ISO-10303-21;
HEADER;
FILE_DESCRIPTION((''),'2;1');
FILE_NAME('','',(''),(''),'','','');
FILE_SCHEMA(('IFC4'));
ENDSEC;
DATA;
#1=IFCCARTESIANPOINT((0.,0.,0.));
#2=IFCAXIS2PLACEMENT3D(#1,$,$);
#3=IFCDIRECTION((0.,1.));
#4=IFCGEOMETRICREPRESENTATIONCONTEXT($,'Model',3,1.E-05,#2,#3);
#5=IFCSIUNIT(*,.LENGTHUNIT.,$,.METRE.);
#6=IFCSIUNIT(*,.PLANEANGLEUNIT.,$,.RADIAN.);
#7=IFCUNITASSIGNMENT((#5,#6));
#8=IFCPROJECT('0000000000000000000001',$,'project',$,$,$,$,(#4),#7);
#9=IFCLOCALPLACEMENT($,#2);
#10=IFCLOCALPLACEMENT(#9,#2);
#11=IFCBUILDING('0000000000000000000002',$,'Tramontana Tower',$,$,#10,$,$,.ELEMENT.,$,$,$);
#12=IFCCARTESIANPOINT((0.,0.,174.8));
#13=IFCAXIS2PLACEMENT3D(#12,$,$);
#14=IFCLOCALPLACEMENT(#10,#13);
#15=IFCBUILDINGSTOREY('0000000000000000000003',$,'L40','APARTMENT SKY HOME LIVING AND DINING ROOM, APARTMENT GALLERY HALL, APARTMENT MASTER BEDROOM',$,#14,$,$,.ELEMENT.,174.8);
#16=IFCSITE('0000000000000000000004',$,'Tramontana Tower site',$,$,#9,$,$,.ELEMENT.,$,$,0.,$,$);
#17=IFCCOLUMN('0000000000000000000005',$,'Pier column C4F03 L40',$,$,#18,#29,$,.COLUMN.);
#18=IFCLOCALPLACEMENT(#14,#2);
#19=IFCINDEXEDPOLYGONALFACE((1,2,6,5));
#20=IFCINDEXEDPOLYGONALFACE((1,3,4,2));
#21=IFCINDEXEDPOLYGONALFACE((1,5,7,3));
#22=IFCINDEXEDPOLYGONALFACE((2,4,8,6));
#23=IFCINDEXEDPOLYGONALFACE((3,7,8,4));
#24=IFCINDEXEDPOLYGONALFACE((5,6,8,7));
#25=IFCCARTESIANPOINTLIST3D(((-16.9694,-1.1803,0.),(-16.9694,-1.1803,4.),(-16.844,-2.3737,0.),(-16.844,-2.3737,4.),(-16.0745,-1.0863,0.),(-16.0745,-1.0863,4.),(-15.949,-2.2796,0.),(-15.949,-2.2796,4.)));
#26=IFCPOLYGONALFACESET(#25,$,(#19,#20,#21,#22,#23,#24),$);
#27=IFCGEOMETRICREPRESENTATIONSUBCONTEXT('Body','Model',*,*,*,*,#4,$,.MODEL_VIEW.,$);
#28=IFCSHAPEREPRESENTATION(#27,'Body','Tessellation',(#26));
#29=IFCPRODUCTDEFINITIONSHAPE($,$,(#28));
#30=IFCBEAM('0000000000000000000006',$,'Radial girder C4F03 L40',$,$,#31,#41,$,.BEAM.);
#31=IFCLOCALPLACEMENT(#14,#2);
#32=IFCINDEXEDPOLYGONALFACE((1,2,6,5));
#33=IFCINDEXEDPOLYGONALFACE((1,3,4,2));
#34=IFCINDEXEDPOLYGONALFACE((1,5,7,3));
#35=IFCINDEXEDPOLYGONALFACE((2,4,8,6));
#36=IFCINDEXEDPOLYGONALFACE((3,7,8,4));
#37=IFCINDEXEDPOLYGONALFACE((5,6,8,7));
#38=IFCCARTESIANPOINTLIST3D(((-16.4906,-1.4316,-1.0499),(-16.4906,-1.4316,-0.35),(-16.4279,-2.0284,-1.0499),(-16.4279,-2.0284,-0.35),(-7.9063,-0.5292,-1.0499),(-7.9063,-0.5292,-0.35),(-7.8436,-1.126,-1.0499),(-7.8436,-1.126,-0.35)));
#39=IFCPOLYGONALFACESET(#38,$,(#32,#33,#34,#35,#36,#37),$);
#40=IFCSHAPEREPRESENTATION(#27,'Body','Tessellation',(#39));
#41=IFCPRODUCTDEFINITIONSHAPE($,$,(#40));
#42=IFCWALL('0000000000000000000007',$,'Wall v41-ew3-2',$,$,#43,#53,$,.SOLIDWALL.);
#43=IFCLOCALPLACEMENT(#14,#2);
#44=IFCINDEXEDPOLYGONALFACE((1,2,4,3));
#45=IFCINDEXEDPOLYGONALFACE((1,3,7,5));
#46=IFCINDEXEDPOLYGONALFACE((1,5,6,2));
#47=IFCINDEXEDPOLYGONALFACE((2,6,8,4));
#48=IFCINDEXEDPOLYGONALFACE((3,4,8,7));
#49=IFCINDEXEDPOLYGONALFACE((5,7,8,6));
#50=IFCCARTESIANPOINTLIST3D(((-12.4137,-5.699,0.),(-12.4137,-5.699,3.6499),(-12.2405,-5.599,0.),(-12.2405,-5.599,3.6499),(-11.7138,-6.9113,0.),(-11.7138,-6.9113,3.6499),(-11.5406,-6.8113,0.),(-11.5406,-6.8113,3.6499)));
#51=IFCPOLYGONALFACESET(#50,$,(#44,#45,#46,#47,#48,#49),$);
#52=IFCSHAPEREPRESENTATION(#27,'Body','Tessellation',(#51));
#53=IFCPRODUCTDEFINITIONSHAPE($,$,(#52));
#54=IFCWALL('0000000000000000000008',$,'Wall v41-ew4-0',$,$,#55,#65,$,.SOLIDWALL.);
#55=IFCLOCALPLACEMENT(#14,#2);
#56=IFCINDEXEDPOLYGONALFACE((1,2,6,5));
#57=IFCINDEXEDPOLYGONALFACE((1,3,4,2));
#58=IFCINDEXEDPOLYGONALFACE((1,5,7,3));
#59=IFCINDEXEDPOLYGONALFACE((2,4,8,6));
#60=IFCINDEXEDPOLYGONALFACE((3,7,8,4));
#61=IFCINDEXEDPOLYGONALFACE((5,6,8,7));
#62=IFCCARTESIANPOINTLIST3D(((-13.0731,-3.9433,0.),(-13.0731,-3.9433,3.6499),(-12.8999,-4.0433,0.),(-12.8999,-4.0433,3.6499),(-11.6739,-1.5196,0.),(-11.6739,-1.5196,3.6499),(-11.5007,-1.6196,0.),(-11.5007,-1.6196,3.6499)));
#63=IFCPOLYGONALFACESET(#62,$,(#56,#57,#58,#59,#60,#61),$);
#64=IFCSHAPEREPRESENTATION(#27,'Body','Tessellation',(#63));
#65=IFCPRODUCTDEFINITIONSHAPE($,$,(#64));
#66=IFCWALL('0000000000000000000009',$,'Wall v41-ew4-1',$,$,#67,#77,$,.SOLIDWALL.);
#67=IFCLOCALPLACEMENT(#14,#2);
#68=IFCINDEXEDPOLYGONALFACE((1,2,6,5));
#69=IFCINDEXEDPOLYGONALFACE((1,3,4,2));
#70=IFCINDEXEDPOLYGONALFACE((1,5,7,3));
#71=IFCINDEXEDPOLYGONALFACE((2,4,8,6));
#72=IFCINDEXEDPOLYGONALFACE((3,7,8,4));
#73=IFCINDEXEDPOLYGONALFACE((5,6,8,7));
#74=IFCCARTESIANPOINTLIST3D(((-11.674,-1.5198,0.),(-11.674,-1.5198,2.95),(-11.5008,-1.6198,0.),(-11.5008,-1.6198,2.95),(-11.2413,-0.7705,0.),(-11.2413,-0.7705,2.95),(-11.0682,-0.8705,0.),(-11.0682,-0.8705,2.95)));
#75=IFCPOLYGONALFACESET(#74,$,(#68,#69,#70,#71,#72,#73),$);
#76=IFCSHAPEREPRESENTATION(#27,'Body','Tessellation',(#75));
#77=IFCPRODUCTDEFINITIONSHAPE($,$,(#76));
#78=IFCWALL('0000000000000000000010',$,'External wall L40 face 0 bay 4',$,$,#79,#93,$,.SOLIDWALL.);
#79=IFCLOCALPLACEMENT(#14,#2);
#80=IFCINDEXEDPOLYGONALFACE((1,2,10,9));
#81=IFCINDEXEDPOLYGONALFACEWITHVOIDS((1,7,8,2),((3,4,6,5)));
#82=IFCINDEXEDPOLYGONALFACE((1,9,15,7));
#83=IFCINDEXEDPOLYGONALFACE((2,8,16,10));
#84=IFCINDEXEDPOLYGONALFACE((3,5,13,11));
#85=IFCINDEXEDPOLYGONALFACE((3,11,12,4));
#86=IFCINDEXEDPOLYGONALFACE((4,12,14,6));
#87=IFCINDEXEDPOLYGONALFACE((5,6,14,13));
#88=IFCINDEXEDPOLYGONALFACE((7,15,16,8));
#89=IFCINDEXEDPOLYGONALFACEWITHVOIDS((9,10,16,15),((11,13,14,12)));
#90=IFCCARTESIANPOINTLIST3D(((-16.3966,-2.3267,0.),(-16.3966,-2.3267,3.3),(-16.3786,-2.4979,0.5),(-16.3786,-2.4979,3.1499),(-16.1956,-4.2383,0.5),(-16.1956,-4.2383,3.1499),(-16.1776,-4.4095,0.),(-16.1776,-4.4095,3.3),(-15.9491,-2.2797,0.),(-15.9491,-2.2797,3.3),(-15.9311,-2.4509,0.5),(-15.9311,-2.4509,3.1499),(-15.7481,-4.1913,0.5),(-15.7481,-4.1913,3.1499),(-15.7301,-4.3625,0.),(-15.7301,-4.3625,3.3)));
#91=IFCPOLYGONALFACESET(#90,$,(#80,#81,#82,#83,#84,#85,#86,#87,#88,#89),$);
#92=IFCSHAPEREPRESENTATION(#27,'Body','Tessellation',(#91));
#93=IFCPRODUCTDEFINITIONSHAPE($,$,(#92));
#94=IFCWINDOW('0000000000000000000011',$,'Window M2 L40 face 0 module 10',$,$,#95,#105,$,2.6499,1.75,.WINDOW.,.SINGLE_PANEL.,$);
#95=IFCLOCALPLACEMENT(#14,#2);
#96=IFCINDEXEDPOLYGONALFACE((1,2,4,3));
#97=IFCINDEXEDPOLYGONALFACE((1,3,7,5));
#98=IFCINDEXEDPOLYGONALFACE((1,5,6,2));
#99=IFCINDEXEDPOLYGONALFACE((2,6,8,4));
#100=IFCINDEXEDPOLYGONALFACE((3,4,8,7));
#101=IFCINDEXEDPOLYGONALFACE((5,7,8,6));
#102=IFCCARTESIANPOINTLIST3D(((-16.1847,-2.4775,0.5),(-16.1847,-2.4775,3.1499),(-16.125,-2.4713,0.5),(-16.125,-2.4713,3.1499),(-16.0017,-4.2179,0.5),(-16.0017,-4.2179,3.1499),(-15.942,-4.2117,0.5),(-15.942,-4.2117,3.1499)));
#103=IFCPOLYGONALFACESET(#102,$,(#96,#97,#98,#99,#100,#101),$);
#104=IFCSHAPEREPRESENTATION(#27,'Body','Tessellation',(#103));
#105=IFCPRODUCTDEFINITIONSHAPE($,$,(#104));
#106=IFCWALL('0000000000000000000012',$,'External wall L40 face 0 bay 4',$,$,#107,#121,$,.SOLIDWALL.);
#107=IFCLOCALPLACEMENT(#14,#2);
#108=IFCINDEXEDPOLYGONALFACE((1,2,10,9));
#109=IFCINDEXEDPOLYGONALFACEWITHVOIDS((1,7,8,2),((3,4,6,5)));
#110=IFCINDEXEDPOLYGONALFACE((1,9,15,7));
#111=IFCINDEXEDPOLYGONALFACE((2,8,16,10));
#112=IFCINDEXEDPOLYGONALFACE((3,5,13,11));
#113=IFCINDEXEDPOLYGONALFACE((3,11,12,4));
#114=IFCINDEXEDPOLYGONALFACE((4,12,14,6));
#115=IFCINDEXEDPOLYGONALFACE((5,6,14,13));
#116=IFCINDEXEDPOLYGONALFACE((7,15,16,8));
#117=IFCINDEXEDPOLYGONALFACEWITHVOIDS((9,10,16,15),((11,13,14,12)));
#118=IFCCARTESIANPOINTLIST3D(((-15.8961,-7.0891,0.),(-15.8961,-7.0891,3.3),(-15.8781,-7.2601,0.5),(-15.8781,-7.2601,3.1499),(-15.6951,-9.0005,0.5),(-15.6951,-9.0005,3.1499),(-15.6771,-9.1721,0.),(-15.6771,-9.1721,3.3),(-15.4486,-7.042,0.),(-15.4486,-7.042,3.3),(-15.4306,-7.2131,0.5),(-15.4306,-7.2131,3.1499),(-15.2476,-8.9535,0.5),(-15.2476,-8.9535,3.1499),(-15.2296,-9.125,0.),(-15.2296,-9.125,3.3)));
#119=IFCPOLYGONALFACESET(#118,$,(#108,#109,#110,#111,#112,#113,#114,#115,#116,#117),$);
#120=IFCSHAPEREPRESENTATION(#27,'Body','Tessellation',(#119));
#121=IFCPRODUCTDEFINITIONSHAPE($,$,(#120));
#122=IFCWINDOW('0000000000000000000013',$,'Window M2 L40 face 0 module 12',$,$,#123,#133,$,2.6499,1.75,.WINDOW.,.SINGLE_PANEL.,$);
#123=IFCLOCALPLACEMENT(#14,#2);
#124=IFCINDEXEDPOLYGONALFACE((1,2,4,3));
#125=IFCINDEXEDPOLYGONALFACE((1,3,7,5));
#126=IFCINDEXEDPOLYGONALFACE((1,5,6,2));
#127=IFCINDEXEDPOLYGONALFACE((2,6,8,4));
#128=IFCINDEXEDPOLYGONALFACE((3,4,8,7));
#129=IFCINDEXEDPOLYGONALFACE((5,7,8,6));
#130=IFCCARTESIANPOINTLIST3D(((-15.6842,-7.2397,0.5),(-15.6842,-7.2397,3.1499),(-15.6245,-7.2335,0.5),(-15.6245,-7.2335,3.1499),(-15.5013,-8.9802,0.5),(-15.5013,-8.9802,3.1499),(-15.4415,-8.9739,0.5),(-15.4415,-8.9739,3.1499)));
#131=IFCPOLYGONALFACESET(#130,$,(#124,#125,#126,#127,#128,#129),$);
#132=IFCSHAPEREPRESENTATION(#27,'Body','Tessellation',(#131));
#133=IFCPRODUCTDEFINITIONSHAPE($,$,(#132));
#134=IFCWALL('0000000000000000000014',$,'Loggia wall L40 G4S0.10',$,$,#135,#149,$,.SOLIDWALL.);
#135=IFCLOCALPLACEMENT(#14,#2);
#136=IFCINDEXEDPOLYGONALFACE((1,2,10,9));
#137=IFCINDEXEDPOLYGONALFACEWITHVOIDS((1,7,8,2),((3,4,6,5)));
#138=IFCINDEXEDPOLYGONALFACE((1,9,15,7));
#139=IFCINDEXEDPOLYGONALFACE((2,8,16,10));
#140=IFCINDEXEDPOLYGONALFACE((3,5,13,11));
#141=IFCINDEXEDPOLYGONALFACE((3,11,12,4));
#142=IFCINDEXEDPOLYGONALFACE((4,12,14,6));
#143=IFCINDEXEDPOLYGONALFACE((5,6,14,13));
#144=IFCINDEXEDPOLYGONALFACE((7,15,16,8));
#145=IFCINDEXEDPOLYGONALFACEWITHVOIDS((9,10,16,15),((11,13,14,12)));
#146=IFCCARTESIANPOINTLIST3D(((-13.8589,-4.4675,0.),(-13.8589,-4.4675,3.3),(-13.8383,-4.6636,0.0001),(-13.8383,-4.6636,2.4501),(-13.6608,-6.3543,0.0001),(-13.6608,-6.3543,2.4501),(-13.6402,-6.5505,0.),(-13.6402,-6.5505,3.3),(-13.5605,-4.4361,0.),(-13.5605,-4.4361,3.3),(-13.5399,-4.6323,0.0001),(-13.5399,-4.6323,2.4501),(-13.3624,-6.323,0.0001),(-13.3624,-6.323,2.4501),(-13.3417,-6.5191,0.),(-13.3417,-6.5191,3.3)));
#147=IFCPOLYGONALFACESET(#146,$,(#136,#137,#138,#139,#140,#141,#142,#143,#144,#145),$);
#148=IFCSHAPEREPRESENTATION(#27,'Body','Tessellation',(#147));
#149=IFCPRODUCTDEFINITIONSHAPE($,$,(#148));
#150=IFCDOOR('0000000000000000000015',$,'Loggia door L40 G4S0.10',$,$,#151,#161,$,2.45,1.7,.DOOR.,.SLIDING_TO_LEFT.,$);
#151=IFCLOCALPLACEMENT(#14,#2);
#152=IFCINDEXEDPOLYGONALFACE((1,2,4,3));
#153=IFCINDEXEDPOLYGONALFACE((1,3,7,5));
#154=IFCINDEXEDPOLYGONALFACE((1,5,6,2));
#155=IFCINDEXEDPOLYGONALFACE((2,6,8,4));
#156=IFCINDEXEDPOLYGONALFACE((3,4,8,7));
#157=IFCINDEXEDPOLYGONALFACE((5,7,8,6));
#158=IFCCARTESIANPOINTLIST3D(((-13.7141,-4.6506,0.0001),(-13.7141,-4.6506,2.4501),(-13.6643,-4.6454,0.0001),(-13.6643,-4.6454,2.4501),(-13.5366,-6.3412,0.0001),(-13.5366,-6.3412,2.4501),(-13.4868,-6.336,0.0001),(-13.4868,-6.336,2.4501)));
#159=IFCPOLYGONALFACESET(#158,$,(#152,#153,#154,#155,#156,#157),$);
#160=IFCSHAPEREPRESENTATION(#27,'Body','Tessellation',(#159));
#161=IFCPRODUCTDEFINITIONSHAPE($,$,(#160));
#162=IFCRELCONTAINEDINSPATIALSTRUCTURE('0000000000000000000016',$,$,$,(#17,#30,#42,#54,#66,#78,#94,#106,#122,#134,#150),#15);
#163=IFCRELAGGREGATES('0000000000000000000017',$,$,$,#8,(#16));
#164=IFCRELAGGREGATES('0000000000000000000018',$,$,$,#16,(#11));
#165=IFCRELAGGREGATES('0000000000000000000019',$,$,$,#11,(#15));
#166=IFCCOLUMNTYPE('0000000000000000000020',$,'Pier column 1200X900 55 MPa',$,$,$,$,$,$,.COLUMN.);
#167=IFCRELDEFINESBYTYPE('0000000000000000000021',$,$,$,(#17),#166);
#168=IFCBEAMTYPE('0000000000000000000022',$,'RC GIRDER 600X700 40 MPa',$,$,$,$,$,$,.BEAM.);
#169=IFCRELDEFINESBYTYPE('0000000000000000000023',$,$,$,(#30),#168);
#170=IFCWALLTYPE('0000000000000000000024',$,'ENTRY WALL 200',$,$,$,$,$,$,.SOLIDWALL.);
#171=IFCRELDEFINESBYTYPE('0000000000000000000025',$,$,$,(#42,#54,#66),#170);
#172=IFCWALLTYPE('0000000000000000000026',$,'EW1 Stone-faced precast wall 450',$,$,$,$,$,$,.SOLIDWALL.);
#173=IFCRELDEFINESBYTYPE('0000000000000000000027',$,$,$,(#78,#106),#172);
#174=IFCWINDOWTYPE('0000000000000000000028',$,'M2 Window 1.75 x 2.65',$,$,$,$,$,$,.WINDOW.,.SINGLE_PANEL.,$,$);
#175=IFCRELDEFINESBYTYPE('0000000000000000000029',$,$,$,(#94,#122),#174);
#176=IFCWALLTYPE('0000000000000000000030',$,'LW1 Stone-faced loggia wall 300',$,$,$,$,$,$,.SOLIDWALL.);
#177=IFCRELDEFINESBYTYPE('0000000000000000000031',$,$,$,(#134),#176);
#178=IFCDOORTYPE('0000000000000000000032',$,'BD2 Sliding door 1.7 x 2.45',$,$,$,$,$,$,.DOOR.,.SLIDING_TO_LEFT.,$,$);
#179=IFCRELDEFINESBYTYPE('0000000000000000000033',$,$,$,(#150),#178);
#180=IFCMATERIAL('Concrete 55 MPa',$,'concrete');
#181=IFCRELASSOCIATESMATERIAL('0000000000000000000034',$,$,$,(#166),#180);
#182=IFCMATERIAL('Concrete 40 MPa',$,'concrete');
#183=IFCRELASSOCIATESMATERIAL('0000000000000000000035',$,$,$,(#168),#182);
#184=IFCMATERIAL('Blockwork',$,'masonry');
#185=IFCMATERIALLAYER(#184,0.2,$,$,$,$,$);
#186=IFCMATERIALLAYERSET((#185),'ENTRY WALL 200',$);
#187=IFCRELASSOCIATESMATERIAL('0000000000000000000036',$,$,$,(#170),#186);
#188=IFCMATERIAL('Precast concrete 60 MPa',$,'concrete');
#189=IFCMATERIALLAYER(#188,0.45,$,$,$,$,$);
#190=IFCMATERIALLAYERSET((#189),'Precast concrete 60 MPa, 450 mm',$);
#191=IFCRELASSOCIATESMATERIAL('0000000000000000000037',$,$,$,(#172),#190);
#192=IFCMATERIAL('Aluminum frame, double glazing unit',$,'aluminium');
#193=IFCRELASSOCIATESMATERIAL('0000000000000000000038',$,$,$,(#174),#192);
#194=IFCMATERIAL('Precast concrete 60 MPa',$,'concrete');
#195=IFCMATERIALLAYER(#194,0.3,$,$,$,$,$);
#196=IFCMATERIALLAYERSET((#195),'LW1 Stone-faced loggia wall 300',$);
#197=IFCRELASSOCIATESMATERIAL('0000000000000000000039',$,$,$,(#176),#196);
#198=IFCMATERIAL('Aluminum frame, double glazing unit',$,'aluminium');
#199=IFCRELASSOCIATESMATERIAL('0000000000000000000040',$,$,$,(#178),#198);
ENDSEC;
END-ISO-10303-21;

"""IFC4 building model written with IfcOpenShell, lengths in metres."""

from ifc_helpers import new_model, si_unit, direction, frame, frame_2d, origin, origin_2d, place, context, subcontext, project, spatial, rectangle, extrude, material, layer, layer_set, material_profile, profile_set, type_object, element, fill, save


model = new_model("IFC4")

# Units and contexts
model_context = context("Model", 3, precision=1e-05, world=origin(), true_north=direction((0.0, 1.0)))
body_context = subcontext(model_context, "Body", "Model", "MODEL_VIEW")
ifc_project = project(units=[si_unit("LENGTHUNIT", "METRE"), si_unit("PLANEANGLEUNIT", "RADIAN")], contexts=[model_context])

# Site, building, storey
site_placement = place(None, origin())
site = spatial("IfcSite", under=ifc_project, at=site_placement, Name="Tramontana Tower site", CompositionType="ELEMENT", RefElevation=0.0)
building_placement = place(site_placement, origin())
building = spatial("IfcBuilding", under=site, at=building_placement, Name="Tramontana Tower", CompositionType="ELEMENT")
storey_placement = place(building_placement, frame((0.0, 0.0, 174.8)))
storey = spatial("IfcBuildingStorey", under=building, at=storey_placement, Name="L40", Description="APARTMENT SKY HOME LIVING AND DINING ROOM, APARTMENT GALLERY HALL, APARTMENT MASTER BEDROOM", CompositionType="ELEMENT", Elevation=174.8)

# Column
ifc_material_1 = material(Name="Concrete 55 MPa", Category="concrete")
ifc_material_profile_1 = material_profile(ifc_material_1, rectangle(XDim=1.2, YDim=0.8999, at=origin_2d()), Name="Pier column 1200X900 55 MPa")
ifc_profile_set_1 = profile_set([ifc_material_profile_1], Name="Concrete 55 MPa")
column_type = type_object("IfcColumnType", Name="Pier column 1200X900 55 MPa", PredefinedType="COLUMN", material=ifc_profile_set_1)
column_placement = place(storey_placement, frame((-16.4592, -1.73, 0.0), z_axis=(0.0, 0.0, 1.0), x_axis=(0.104528, -0.994522, 0.0)))
element("IfcColumn", 1, at=column_placement, inside=storey, type_object=column_type, Name="Pier column C4F03 L40", PredefinedType="COLUMN", context=body_context, shape_type="SweptSolid", body=[
    extrude(rectangle(XDim=1.2, YDim=0.8999, at=origin_2d()), origin(), (0.0, 0.0, 1.0), 4.0),
])

# Beam
ifc_material_2 = material(Name="Concrete 40 MPa", Category="concrete")
ifc_material_profile_2 = material_profile(ifc_material_2, rectangle(XDim=0.6001, YDim=0.7, at=origin_2d()), Name="RC GIRDER 600X700 40 MPa")
ifc_profile_set_2 = profile_set([ifc_material_profile_2], Name="Concrete 40 MPa")
beam_type = type_object("IfcBeamType", Name="RC GIRDER 600X700 40 MPa", PredefinedType="BEAM", material=ifc_profile_set_2)
beam_placement = place(storey_placement, frame((-16.4592, -1.73, -0.7), z_axis=(0.994521, 0.10454, 0.0), x_axis=(-0.10454, 0.994521, 0.0)))
element("IfcBeam", 2, at=beam_placement, inside=storey, type_object=beam_type, Name="Radial girder C4F03 L40", PredefinedType="BEAM", context=body_context, shape_type="SweptSolid", body=[
    extrude(rectangle(XDim=0.6001, YDim=0.7, at=origin_2d()), origin(), (0.0, 0.0, 1.0), 8.6316),
])

# Walls
ifc_material_3 = material(Name="Blockwork", Category="masonry")
ifc_layer_1 = layer(ifc_material_3, 0.2)
ifc_layer_set_1 = layer_set([ifc_layer_1], Name="ENTRY WALL 200")
wall_type_1 = type_object("IfcWallType", Name="ENTRY WALL 200", PredefinedType="SOLIDWALL", material=ifc_layer_set_1)
wall_1_placement = place(storey_placement, frame((-11.6272, -6.8613, 0.0), z_axis=(0.0, 0.0, 1.0), x_axis=(-0.499984, 0.866035, 0.0)))
element("IfcWall", 3, at=wall_1_placement, inside=storey, type_object=wall_type_1, Name="Wall v41-ew3-2", PredefinedType="SOLIDWALL", context=body_context, shape_type="SweptSolid", body=[
    extrude(rectangle(XDim=1.3999, YDim=0.2, at=frame_2d((0.7, 0.0))), origin(), (0.0, 0.0, 1.0), 3.6499),
])
wall_2_placement = place(storey_placement, frame((-12.9866, -3.9934, 0.0), z_axis=(0.0, 0.0, 1.0), x_axis=(0.499977, 0.866039, 0.0)))
element("IfcWall", 4, at=wall_2_placement, inside=storey, type_object=wall_type_1, Name="Wall v41-ew4-0", PredefinedType="SOLIDWALL", context=body_context, shape_type="SweptSolid", body=[
    extrude(rectangle(XDim=2.7986, YDim=0.2, at=frame_2d((1.3994, 0.0))), origin(), (0.0, 0.0, 1.0), 3.6499),
])
wall_3_placement = place(storey_placement, frame((-11.5874, -1.5698, 0.0), z_axis=(0.0, 0.0, 1.0), x_axis=(0.500024, 0.866012, 0.0)))
element("IfcWall", 5, at=wall_3_placement, inside=storey, type_object=wall_type_1, Name="Wall v41-ew4-1", PredefinedType="SOLIDWALL", context=body_context, shape_type="SweptSolid", body=[
    extrude(rectangle(XDim=0.8652, YDim=0.2, at=frame_2d((0.4326, 0.0))), origin(), (0.0, 0.0, 1.0), 2.95),
])

# Walls, openings, windows
ifc_material_4 = material(Name="Precast concrete 60 MPa", Category="concrete")
ifc_layer_2 = layer(ifc_material_4, 0.45)
ifc_layer_set_2 = layer_set([ifc_layer_2], Name="Precast concrete 60 MPa, 450 mm")
wall_type_2 = type_object("IfcWallType", Name="EW1 Stone-faced precast wall 450", PredefinedType="SOLIDWALL", material=ifc_layer_set_2)
wall_4_placement = place(storey_placement, frame((-16.1729, -2.3032, 0.0), z_axis=(0.0, 0.0, 1.0), x_axis=(0.104569, -0.994518, 0.0)))
wall_4 = element("IfcWall", 6, at=wall_4_placement, inside=storey, type_object=wall_type_2, Name="External wall L40 face 0 bay 4", PredefinedType="SOLIDWALL", context=body_context, shape_type="SweptSolid", body=[
    extrude(rectangle(XDim=2.0942, YDim=0.45, at=frame_2d((1.0471, 0.0))), origin(), (0.0, 0.0, 1.0), 3.3),
])
opening_1_placement = place(wall_4_placement, frame((0.1721, 0.0, 0.5)))
opening_1 = element("IfcOpeningElement", 7, at=opening_1_placement, cuts=wall_4, PredefinedType="OPENING", context=body_context, shape_type="SweptSolid", body=[
    extrude(rectangle(XDim=1.75, YDim=2.6499, at=frame_2d((0.875, 1.325))), frame((0.0, 0.2349, 0.0), z_axis=(0.0, -1.0, 0.0), x_axis=(1.0, 0.0, 0.0)), (0.0, 0.0, 1.0), 0.47),
])
ifc_material_5 = material(Name="Aluminum frame, double glazing unit", Category="aluminium")
window_type = type_object("IfcWindowType", Name="M2 Window 1.75 x 2.65", PartitioningType="SINGLE_PANEL", PredefinedType="WINDOW", material=ifc_material_5)
window_1_placement = place(opening_1_placement, origin())
window_1 = element("IfcWindow", 8, at=window_1_placement, inside=storey, type_object=window_type, Name="Window M2 L40 face 0 module 10", OverallHeight=2.6499, OverallWidth=1.75, PartitioningType="SINGLE_PANEL", PredefinedType="WINDOW", context=body_context, shape_type="SweptSolid", body=[
    extrude(rectangle(XDim=1.75, YDim=2.6499, at=frame_2d((0.875, 1.325))), frame((0.0, 0.03, 0.0), z_axis=(0.0, -1.0, 0.0), x_axis=(1.0, 0.0, 0.0)), (0.0, 0.0, 1.0), 0.0601),
])
fill(opening_1, window_1)
wall_5_placement = place(storey_placement, frame((-15.6724, -7.0654, 0.0), z_axis=(0.0, 0.0, 1.0), x_axis=(0.104557, -0.994519, 0.0)))
wall_5 = element("IfcWall", 9, at=wall_5_placement, inside=storey, type_object=wall_type_2, Name="External wall L40 face 0 bay 4", PredefinedType="SOLIDWALL", context=body_context, shape_type="SweptSolid", body=[
    extrude(rectangle(XDim=2.0945, YDim=0.45, at=frame_2d((1.0474, 0.0))), origin(), (0.0, 0.0, 1.0), 3.3),
])
opening_2_placement = place(wall_5_placement, frame((0.1721, 0.0, 0.5)))
opening_2 = element("IfcOpeningElement", 10, at=opening_2_placement, cuts=wall_5, PredefinedType="OPENING", context=body_context, shape_type="SweptSolid", body=[
    extrude(rectangle(XDim=1.75, YDim=2.6499, at=frame_2d((0.875, 1.325))), frame((0.0, 0.2349, 0.0), z_axis=(0.0, -1.0, 0.0), x_axis=(1.0, 0.0, 0.0)), (0.0, 0.0, 1.0), 0.47),
])
window_2_placement = place(opening_2_placement, origin())
window_2 = element("IfcWindow", 11, at=window_2_placement, inside=storey, type_object=window_type, Name="Window M2 L40 face 0 module 12", OverallHeight=2.6499, OverallWidth=1.75, PartitioningType="SINGLE_PANEL", PredefinedType="WINDOW", context=body_context, shape_type="SweptSolid", body=[
    extrude(rectangle(XDim=1.75, YDim=2.6499, at=frame_2d((0.875, 1.325))), frame((0.0, 0.03, 0.0), z_axis=(0.0, -1.0, 0.0), x_axis=(1.0, 0.0, 0.0)), (0.0, 0.0, 1.0), 0.0601),
])
fill(opening_2, window_2)

# Wall, opening, door
ifc_material_6 = material(Name="Precast concrete 60 MPa", Category="concrete")
ifc_layer_3 = layer(ifc_material_6, 0.3)
ifc_layer_set_3 = layer_set([ifc_layer_3], Name="LW1 Stone-faced loggia wall 300")
wall_type_3 = type_object("IfcWallType", Name="LW1 Stone-faced loggia wall 300", PredefinedType="SOLIDWALL", material=ifc_layer_set_3)
wall_6_placement = place(storey_placement, frame((-13.7097, -4.4517, 0.0), z_axis=(0.0, 0.0, 1.0), x_axis=(0.104442, -0.994531, 0.0)))
wall_6 = element("IfcWall", 12, at=wall_6_placement, inside=storey, type_object=wall_type_3, Name="Loggia wall L40 G4S0.10", PredefinedType="SOLIDWALL", context=body_context, shape_type="SweptSolid", body=[
    extrude(rectangle(XDim=2.0945, YDim=0.3, at=frame_2d((1.0474, 0.0))), origin(), (0.0, 0.0, 1.0), 3.3),
])
opening_3_placement = place(wall_6_placement, frame((0.1973, 0.0, 0.0)))
opening_3 = element("IfcOpeningElement", 13, at=opening_3_placement, cuts=wall_6, PredefinedType="OPENING", context=body_context, shape_type="SweptSolid", body=[
    extrude(rectangle(XDim=1.7, YDim=2.45, at=frame_2d((0.8501, 1.2251))), frame((0.0, 0.1599, 0.0), z_axis=(0.0, -1.0, 0.0), x_axis=(1.0, 0.0, 0.0)), (0.0, 0.0, 1.0), 0.3201),
])
ifc_material_7 = material(Name="Aluminum frame, double glazing unit", Category="aluminium")
door_type_1 = type_object("IfcDoorType", Name="BD2 Sliding door 1.7 x 2.45", OperationType="SLIDING_TO_LEFT", PredefinedType="DOOR", material=ifc_material_7)
door_1_placement = place(opening_3_placement, origin())
door_1 = element("IfcDoor", 14, at=door_1_placement, inside=storey, type_object=door_type_1, Name="Loggia door L40 G4S0.10", OperationType="SLIDING_TO_LEFT", OverallHeight=2.45, OverallWidth=1.7, PredefinedType="DOOR", context=body_context, shape_type="SweptSolid", body=[
    extrude(rectangle(XDim=1.7, YDim=2.45, at=frame_2d((0.8501, 1.2251))), frame((0.0, 0.0249, 0.0), z_axis=(0.0, -1.0, 0.0), x_axis=(1.0, 0.0, 0.0)), (0.0, 0.0, 1.0), 0.05),
])
fill(opening_3, door_1)

save(model, "model.ifc")
